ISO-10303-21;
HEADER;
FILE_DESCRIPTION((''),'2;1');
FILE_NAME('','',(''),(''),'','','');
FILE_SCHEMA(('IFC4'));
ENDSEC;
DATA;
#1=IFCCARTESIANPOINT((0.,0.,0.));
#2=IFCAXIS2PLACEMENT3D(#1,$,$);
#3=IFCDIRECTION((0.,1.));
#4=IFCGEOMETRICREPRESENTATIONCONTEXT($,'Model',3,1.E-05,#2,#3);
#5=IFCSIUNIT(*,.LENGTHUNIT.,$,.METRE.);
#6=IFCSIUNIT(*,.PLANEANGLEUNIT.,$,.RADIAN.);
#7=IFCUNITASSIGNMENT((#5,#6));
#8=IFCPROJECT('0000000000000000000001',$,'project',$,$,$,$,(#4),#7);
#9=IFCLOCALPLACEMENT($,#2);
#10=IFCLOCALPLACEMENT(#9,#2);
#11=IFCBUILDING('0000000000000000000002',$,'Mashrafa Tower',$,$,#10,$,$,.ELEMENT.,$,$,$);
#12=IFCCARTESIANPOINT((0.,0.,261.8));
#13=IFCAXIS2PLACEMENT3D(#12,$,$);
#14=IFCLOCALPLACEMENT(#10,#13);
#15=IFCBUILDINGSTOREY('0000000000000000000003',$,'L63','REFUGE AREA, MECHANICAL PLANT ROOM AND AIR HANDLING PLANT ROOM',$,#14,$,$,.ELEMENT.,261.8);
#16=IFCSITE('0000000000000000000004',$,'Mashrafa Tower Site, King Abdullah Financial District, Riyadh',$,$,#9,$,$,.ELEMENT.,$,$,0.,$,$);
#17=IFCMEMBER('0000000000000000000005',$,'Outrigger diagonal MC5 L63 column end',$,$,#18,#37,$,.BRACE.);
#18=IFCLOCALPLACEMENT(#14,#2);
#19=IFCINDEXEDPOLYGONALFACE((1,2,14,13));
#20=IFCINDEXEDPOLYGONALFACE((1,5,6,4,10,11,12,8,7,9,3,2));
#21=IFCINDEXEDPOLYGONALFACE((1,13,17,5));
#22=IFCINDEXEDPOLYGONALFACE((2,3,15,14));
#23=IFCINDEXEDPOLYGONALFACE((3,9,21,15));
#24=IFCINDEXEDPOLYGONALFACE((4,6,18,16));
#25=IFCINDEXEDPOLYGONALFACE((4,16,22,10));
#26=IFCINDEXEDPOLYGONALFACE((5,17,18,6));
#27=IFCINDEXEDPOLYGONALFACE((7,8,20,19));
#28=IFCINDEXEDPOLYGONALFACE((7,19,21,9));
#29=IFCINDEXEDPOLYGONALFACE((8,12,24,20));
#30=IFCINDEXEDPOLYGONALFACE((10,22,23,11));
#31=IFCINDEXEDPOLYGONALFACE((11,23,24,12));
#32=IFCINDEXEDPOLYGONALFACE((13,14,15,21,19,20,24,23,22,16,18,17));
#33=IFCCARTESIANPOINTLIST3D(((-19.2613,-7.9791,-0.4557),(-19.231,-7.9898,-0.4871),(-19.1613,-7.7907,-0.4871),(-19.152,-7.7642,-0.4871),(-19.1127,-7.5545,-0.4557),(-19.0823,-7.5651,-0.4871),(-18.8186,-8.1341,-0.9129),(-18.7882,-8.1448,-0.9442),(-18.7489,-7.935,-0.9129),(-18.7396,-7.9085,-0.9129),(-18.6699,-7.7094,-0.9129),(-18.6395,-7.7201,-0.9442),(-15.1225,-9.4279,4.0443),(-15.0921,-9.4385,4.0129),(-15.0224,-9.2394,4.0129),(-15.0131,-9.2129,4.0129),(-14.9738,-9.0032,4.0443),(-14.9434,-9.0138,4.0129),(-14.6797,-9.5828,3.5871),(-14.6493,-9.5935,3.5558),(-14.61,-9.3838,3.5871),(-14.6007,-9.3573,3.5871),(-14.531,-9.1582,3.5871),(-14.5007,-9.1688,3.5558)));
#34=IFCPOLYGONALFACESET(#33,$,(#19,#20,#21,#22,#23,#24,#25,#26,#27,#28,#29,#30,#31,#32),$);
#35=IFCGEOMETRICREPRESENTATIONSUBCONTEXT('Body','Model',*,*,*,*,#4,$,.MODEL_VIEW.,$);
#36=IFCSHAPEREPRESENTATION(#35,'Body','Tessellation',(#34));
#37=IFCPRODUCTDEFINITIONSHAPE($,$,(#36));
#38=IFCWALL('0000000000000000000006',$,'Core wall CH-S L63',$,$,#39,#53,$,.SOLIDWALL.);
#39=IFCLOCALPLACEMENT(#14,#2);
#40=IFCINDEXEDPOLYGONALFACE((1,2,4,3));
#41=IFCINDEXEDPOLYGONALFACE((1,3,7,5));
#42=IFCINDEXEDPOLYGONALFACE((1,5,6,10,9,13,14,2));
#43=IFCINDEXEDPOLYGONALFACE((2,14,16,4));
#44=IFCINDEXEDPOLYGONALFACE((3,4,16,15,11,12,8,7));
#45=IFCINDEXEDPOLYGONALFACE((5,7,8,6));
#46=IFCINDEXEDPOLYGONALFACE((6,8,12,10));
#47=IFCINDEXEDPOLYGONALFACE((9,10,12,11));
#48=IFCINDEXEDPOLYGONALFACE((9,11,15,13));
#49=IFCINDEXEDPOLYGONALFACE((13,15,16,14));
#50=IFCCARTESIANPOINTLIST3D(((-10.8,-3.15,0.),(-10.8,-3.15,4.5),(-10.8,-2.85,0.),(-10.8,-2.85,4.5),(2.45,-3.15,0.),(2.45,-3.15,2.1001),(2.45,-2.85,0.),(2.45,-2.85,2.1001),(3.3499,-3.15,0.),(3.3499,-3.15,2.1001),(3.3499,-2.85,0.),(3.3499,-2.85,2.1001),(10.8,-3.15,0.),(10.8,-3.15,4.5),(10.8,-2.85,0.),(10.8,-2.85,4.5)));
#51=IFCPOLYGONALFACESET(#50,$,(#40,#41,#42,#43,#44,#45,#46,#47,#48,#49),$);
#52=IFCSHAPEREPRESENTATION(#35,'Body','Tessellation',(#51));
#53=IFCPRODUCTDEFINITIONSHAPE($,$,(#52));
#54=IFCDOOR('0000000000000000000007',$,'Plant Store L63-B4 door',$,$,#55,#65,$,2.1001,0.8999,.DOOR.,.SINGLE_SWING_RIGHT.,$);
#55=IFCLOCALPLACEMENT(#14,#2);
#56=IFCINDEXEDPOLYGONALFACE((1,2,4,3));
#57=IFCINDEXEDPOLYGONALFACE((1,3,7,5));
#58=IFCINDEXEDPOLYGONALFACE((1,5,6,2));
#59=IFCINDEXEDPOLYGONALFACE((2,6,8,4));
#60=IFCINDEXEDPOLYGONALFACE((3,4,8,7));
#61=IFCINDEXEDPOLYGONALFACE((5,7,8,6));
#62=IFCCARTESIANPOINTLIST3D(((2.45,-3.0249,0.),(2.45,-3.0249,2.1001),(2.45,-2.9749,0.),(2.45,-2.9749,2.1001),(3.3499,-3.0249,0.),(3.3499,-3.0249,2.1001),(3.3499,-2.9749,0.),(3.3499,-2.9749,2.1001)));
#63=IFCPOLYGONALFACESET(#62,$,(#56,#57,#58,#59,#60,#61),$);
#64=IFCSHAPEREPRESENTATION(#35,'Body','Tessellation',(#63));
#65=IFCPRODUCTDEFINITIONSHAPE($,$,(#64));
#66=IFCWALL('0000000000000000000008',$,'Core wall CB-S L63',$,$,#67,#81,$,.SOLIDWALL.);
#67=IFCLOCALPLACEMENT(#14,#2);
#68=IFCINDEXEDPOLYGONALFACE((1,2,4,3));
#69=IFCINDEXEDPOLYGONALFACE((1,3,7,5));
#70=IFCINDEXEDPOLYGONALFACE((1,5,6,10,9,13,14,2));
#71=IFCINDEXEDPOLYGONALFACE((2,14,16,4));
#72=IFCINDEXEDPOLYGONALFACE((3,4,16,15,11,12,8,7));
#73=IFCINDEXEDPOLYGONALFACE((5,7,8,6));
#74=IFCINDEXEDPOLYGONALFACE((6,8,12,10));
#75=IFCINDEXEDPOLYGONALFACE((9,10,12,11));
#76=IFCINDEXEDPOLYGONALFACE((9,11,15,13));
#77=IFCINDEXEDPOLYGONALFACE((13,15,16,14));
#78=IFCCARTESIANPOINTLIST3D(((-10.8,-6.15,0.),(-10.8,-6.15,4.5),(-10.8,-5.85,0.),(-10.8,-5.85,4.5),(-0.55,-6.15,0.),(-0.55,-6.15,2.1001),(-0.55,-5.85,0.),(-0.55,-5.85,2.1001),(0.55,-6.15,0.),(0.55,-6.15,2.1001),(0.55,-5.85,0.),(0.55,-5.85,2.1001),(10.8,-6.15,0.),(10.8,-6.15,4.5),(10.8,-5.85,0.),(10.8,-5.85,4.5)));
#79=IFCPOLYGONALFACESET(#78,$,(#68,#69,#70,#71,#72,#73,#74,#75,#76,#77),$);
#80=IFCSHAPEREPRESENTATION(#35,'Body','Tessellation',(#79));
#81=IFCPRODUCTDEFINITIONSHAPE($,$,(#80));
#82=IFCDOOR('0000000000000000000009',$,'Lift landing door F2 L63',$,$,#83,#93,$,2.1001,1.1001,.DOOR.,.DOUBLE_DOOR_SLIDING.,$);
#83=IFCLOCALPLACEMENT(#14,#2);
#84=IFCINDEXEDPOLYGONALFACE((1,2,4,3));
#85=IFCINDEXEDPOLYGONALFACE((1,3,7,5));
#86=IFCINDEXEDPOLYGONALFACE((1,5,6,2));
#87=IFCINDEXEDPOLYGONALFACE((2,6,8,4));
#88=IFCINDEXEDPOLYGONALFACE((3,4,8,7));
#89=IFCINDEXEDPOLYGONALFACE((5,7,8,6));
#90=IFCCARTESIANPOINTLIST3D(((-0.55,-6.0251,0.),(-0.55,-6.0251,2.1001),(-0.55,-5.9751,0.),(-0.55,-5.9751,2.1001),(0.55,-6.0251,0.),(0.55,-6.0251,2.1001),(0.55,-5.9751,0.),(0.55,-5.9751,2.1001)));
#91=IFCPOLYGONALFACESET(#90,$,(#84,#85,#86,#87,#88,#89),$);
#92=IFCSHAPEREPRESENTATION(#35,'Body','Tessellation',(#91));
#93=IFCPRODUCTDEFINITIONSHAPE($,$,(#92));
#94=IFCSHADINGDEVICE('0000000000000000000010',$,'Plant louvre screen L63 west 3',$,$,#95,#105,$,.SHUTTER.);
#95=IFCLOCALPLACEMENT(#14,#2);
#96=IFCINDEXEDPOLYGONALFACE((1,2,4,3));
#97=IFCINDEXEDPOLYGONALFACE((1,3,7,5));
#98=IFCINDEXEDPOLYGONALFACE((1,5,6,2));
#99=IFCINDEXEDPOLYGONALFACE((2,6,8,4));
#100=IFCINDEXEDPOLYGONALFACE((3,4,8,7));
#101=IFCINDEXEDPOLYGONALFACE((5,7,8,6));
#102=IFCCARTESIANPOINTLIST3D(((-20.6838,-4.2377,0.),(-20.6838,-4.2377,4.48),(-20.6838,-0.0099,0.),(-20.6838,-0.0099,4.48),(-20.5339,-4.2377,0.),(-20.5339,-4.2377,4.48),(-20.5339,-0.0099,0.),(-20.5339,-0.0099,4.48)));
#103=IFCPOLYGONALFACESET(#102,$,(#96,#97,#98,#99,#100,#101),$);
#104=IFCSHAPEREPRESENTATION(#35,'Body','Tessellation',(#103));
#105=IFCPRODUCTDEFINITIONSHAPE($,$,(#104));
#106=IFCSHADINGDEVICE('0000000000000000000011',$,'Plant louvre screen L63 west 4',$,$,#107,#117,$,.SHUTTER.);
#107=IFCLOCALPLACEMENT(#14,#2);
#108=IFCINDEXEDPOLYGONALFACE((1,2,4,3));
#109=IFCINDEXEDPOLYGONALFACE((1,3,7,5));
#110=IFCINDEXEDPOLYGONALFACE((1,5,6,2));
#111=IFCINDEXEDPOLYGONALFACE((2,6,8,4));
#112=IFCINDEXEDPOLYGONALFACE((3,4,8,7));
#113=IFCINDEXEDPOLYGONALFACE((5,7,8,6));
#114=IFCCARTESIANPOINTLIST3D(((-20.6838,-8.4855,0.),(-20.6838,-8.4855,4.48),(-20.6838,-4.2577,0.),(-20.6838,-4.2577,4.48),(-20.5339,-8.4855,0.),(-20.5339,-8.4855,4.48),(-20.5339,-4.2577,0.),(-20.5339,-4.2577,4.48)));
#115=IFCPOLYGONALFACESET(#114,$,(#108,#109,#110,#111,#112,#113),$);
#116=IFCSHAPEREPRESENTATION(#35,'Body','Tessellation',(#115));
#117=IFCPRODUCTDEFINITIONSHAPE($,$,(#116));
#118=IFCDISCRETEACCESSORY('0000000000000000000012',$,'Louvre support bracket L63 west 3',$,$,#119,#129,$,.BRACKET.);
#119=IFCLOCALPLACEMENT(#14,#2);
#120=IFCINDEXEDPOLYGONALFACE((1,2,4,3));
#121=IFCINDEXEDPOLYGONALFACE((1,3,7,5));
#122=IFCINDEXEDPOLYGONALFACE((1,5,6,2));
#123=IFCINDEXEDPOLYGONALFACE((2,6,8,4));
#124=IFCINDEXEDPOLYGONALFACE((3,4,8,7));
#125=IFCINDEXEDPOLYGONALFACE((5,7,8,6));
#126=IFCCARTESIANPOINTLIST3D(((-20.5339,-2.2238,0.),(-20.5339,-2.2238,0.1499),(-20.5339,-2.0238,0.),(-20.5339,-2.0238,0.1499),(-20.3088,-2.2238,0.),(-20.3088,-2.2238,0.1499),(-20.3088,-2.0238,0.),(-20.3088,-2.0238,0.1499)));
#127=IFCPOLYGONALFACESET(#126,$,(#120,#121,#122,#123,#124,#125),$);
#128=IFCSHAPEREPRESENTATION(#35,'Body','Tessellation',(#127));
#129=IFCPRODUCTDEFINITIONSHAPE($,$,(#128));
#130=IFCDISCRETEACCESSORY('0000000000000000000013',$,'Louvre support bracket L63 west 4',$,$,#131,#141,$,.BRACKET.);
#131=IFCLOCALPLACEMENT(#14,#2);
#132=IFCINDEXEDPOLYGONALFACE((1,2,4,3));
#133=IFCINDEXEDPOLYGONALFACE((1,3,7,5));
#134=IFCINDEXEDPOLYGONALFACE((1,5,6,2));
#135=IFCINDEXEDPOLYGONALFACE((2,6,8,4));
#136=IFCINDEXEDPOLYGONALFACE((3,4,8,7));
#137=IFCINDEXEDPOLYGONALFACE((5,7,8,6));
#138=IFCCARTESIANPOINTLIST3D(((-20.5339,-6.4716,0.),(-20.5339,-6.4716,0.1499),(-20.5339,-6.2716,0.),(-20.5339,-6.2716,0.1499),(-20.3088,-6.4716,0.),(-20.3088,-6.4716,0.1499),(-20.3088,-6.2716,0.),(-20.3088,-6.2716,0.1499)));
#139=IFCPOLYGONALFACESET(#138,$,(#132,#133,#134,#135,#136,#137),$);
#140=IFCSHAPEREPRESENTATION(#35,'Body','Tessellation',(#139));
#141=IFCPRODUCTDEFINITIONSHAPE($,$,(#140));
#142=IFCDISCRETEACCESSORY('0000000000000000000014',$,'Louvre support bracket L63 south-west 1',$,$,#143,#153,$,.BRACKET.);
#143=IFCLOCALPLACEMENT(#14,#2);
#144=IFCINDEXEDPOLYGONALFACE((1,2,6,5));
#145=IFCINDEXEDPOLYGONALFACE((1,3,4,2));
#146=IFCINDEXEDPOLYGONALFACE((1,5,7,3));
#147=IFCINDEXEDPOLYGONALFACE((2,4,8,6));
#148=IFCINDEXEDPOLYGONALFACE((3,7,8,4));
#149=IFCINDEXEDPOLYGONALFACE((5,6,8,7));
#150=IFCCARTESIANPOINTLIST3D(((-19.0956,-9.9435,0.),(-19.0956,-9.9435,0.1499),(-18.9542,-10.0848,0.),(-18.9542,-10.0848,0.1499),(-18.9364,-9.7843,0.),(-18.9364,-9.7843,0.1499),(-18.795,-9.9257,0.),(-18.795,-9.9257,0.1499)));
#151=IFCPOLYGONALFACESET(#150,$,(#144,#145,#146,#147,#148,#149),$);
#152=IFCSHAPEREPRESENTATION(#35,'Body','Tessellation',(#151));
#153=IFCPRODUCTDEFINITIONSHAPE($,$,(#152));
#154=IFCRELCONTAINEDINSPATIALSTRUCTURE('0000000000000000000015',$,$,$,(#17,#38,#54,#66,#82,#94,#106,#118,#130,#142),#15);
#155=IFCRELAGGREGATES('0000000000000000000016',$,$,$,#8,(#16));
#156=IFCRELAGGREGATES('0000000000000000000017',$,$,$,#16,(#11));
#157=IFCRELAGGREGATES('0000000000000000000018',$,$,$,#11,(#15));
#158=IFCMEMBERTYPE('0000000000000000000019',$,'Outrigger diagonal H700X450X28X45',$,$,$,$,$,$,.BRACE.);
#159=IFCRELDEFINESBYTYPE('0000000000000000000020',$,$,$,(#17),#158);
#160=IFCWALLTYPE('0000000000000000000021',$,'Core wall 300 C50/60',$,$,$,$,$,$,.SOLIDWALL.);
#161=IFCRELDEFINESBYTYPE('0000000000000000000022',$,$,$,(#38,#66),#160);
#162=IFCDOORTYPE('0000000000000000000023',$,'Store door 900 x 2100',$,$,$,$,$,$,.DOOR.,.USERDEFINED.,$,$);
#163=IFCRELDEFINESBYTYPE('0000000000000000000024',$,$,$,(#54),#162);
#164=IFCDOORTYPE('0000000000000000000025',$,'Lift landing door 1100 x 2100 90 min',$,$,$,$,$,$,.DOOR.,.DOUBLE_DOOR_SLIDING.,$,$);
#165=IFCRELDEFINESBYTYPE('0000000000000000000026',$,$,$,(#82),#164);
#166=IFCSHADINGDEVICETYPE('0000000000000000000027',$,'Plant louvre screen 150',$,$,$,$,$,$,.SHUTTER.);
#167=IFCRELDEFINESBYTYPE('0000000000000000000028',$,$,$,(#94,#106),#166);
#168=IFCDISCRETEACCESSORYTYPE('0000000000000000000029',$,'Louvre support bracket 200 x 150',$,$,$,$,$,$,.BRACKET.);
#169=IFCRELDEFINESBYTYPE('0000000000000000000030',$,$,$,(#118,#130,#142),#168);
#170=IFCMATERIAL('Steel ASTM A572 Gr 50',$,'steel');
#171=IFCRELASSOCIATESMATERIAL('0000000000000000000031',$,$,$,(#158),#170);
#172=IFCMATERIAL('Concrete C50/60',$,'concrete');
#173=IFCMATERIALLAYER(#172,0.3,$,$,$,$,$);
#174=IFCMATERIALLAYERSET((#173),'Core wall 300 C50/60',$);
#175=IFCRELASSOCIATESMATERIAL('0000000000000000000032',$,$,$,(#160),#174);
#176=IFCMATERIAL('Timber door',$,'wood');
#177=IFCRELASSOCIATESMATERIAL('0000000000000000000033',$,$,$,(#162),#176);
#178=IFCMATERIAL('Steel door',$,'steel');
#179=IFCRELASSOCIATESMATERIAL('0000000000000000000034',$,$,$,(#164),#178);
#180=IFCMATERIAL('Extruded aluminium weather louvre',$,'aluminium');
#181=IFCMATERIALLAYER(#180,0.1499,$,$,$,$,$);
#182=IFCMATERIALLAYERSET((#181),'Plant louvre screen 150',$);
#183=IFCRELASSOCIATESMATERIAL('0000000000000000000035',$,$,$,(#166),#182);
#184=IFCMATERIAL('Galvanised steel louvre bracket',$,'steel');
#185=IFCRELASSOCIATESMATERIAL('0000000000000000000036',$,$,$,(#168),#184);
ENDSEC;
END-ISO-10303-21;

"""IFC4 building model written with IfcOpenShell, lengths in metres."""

from ifc_helpers import new_model, si_unit, direction, frame, frame_2d, origin, origin_2d, place, context, subcontext, project, spatial, rectangle, i_section, extrude, source, transform, mapped, material, layer, layer_set, material_profile, profile_set, type_object, type_shapes, element, fill, save


model = new_model("IFC4")

# Units and contexts
model_context = context("Model", 3, precision=1e-05, world=origin(), true_north=direction((0.0, 1.0)))
body_context = subcontext(model_context, "Body", "Model", "MODEL_VIEW")
ifc_project = project(units=[si_unit("LENGTHUNIT", "METRE"), si_unit("PLANEANGLEUNIT", "RADIAN")], contexts=[model_context])

# Site, building, storey
site_placement = place(None, origin())
site = spatial("IfcSite", under=ifc_project, at=site_placement, Name="Mashrafa Tower Site, King Abdullah Financial District, Riyadh", CompositionType="ELEMENT", RefElevation=0.0)
building_placement = place(site_placement, origin())
building = spatial("IfcBuilding", under=site, at=building_placement, Name="Mashrafa Tower", CompositionType="ELEMENT")
storey_placement = place(building_placement, frame((0.0, 0.0, 261.8)))
storey = spatial("IfcBuildingStorey", under=building, at=storey_placement, Name="L63", Description="REFUGE AREA, MECHANICAL PLANT ROOM AND AIR HANDLING PLANT ROOM", CompositionType="ELEMENT", Elevation=261.8)

# Member
ifc_material_1 = material(Name="Steel ASTM A572 Gr 50", Category="steel")
ifc_material_profile_1 = material_profile(ifc_material_1, i_section(OverallWidth=0.45, OverallDepth=0.7, WebThickness=0.0281, FlangeThickness=0.0449, at=origin_2d()), Name="H700X450X28X45")
ifc_profile_set_1 = profile_set([ifc_material_profile_1], Name="Steel ASTM A572 Gr 50")
member_type_1 = type_object("IfcMemberType", Name="Outrigger diagonal H700X450X28X45", PredefinedType="BRACE", material=ifc_profile_set_1)
shared_shape_1 = source(origin(), body_context, "Body", "SweptSolid", [
    extrude(i_section(OverallWidth=0.45, OverallDepth=0.7, WebThickness=0.0281, FlangeThickness=0.0449, at=origin_2d()), origin(), (0.0, 0.0, 1.0), 6.2832),
])
type_shapes(member_type_1, [shared_shape_1])
member_1_placement = place(storey_placement, frame((-18.9504, -7.8496, -0.7), z_axis=(0.65872, -0.23057, 0.716188), x_axis=(0.330373, 0.943851, 0.0)))
element("IfcMember", 1, at=member_1_placement, inside=storey, type_object=member_type_1, Name="Outrigger diagonal MC5 L63 column end", PredefinedType="BRACE", context=body_context, shape_type="MappedRepresentation", body=[
    mapped(shared_shape_1, transform((0.0, 0.0, 0.0))),
])

# Walls, openings, doors
ifc_material_2 = material(Name="Concrete C50/60", Category="concrete")
ifc_layer_1 = layer(ifc_material_2, 0.3)
ifc_layer_set_1 = layer_set([ifc_layer_1], Name="Core wall 300 C50/60")
wall_type = type_object("IfcWallType", Name="Core wall 300 C50/60", PredefinedType="SOLIDWALL", material=ifc_layer_set_1)
wall_1_placement = place(storey_placement, frame((-10.8, -3.0, 0.0), z_axis=(0.0, 0.0, 1.0), x_axis=(1.0, 0.0, 0.0)))
wall_1 = element("IfcWall", 2, at=wall_1_placement, inside=storey, type_object=wall_type, Name="Core wall CH-S L63", PredefinedType="SOLIDWALL", context=body_context, shape_type="SweptSolid", body=[
    extrude(rectangle(XDim=21.6001, YDim=0.3, at=frame_2d((10.8, 0.0))), origin(), (0.0, 0.0, 1.0), 4.5),
])
opening_1_placement = place(wall_1_placement, frame((13.25, 0.0, 0.0)))
opening_1 = element("IfcOpeningElement", 3, at=opening_1_placement, cuts=wall_1, PredefinedType="OPENING", context=body_context, shape_type="SweptSolid", body=[
    extrude(rectangle(XDim=0.8999, YDim=2.1001, at=frame_2d((0.45, 1.05))), frame((0.0, 0.1599, 0.0), z_axis=(0.0, -1.0, 0.0), x_axis=(1.0, 0.0, 0.0)), (0.0, 0.0, 1.0), 0.3201),
])
ifc_material_3 = material(Name="Timber door", Category="wood")
door_type_1 = type_object("IfcDoorType", Name="Store door 900 x 2100", OperationType="USERDEFINED", PredefinedType="DOOR", material=ifc_material_3)
door_1_placement = place(opening_1_placement, frame((0.8999, 0.0, 0.0), z_axis=(0.0, 0.0, 1.0), x_axis=(-1.0, 0.0, 0.0)))
door_1 = element("IfcDoor", 4, at=door_1_placement, inside=storey, type_object=door_type_1, Name="Plant Store L63-B4 door", OperationType="SINGLE_SWING_RIGHT", OverallHeight=2.1001, OverallWidth=0.8999, PredefinedType="DOOR", context=body_context, shape_type="SweptSolid", body=[
    extrude(rectangle(XDim=0.8999, YDim=2.1001, at=frame_2d((0.45, 1.05))), frame((0.0, 0.0249, 0.0), z_axis=(0.0, -1.0, 0.0), x_axis=(1.0, 0.0, 0.0)), (0.0, 0.0, 1.0), 0.05),
])
fill(opening_1, door_1)
wall_2_placement = place(storey_placement, frame((-10.8, -6.0, 0.0), z_axis=(0.0, 0.0, 1.0), x_axis=(1.0, 0.0, 0.0)))
wall_2 = element("IfcWall", 5, at=wall_2_placement, inside=storey, type_object=wall_type, Name="Core wall CB-S L63", PredefinedType="SOLIDWALL", context=body_context, shape_type="SweptSolid", body=[
    extrude(rectangle(XDim=21.6001, YDim=0.3, at=frame_2d((10.8, 0.0))), origin(), (0.0, 0.0, 1.0), 4.5),
])
opening_2_placement = place(wall_2_placement, frame((10.25, 0.0, 0.0)))
opening_2 = element("IfcOpeningElement", 6, at=opening_2_placement, cuts=wall_2, PredefinedType="OPENING", context=body_context, shape_type="SweptSolid", body=[
    extrude(rectangle(XDim=1.1001, YDim=2.1001, at=frame_2d((0.55, 1.05))), frame((0.0, 0.1599, 0.0), z_axis=(0.0, -1.0, 0.0), x_axis=(1.0, 0.0, 0.0)), (0.0, 0.0, 1.0), 0.3201),
])
ifc_material_4 = material(Name="Steel door", Category="steel")
door_type_2 = type_object("IfcDoorType", Name="Lift landing door 1100 x 2100 90 min", OperationType="DOUBLE_DOOR_SLIDING", PredefinedType="DOOR", material=ifc_material_4)
door_2_placement = place(opening_2_placement, origin())
door_2 = element("IfcDoor", 7, at=door_2_placement, inside=storey, type_object=door_type_2, Name="Lift landing door F2 L63", OperationType="DOUBLE_DOOR_SLIDING", OverallHeight=2.1001, OverallWidth=1.1001, PredefinedType="DOOR", context=body_context, shape_type="SweptSolid", body=[
    extrude(rectangle(XDim=1.1001, YDim=2.1001, at=frame_2d((0.55, 1.05))), frame((0.0, 0.0249, 0.0), z_axis=(0.0, -1.0, 0.0), x_axis=(1.0, 0.0, 0.0)), (0.0, 0.0, 1.0), 0.05),
])
fill(opening_2, door_2)

# Shading devices
ifc_material_5 = material(Name="Extruded aluminium weather louvre", Category="aluminium")
ifc_layer_2 = layer(ifc_material_5, 0.1499)
ifc_layer_set_2 = layer_set([ifc_layer_2], Name="Plant louvre screen 150")
shading_device_type = type_object("IfcShadingDeviceType", Name="Plant louvre screen 150", PredefinedType="SHUTTER", material=ifc_layer_set_2)
shared_shape_2 = source(origin(), body_context, "Body", "SweptSolid", [
    extrude(rectangle(XDim=4.2278, YDim=0.1499, at=origin_2d()), origin(), (0.0, 0.0, 1.0), 4.48),
])
type_shapes(shading_device_type, [shared_shape_2])
for number, where, z_axis, x_axis, name in (
    (8, (-20.6089, -2.1238, 0.0), (0.0, 0.0, 1.0), (0.0, -1.0, 0.0), "Plant louvre screen L63 west 3"),
    (9, (-20.6089, -6.3716, 0.0), (0.0, 0.0, 1.0), (0.0, -1.0, 0.0), "Plant louvre screen L63 west 4"),
):
    element("IfcShadingDevice", number, at=place(storey_placement, frame(where, z_axis=z_axis, x_axis=x_axis)), inside=storey, type_object=shading_device_type, Name=name, PredefinedType="SHUTTER", context=body_context, shape_type="MappedRepresentation", body=[
        mapped(shared_shape_2, transform((0.0, 0.0, 0.0))),
    ])

# Discrete accessories
ifc_material_6 = material(Name="Galvanised steel louvre bracket", Category="steel")
discrete_accessory_type = type_object("IfcDiscreteAccessoryType", Name="Louvre support bracket 200 x 150", PredefinedType="BRACKET", material=ifc_material_6)
shared_shape_3 = source(origin(), body_context, "Body", "SweptSolid", [
    extrude(rectangle(XDim=0.2, YDim=0.2251, at=origin_2d()), origin(), (0.0, 0.0, 1.0), 0.1499),
])
type_shapes(discrete_accessory_type, [shared_shape_3])
for number, where, z_axis, x_axis, name in (
    (10, (-20.4214, -2.1238, 0.0), (0.0, 0.0, 1.0), (0.0, -1.0, 0.0), "Louvre support bracket L63 west 3"),
    (11, (-20.4214, -6.3716, 0.0), (0.0, 0.0, 1.0), (0.0, -1.0, 0.0), "Louvre support bracket L63 west 4"),
    (12, (-18.9453, -9.9346, 0.0), (0.0, 0.0, 1.0), (0.707107, -0.707107, 0.0), "Louvre support bracket L63 south-west 1"),
):
    element("IfcDiscreteAccessory", number, at=place(storey_placement, frame(where, z_axis=z_axis, x_axis=x_axis)), inside=storey, type_object=discrete_accessory_type, Name=name, PredefinedType="BRACKET", context=body_context, shape_type="MappedRepresentation", body=[
        mapped(shared_shape_3, transform((0.0, 0.0, 0.0))),
    ])

save(model, "model.ifc")
